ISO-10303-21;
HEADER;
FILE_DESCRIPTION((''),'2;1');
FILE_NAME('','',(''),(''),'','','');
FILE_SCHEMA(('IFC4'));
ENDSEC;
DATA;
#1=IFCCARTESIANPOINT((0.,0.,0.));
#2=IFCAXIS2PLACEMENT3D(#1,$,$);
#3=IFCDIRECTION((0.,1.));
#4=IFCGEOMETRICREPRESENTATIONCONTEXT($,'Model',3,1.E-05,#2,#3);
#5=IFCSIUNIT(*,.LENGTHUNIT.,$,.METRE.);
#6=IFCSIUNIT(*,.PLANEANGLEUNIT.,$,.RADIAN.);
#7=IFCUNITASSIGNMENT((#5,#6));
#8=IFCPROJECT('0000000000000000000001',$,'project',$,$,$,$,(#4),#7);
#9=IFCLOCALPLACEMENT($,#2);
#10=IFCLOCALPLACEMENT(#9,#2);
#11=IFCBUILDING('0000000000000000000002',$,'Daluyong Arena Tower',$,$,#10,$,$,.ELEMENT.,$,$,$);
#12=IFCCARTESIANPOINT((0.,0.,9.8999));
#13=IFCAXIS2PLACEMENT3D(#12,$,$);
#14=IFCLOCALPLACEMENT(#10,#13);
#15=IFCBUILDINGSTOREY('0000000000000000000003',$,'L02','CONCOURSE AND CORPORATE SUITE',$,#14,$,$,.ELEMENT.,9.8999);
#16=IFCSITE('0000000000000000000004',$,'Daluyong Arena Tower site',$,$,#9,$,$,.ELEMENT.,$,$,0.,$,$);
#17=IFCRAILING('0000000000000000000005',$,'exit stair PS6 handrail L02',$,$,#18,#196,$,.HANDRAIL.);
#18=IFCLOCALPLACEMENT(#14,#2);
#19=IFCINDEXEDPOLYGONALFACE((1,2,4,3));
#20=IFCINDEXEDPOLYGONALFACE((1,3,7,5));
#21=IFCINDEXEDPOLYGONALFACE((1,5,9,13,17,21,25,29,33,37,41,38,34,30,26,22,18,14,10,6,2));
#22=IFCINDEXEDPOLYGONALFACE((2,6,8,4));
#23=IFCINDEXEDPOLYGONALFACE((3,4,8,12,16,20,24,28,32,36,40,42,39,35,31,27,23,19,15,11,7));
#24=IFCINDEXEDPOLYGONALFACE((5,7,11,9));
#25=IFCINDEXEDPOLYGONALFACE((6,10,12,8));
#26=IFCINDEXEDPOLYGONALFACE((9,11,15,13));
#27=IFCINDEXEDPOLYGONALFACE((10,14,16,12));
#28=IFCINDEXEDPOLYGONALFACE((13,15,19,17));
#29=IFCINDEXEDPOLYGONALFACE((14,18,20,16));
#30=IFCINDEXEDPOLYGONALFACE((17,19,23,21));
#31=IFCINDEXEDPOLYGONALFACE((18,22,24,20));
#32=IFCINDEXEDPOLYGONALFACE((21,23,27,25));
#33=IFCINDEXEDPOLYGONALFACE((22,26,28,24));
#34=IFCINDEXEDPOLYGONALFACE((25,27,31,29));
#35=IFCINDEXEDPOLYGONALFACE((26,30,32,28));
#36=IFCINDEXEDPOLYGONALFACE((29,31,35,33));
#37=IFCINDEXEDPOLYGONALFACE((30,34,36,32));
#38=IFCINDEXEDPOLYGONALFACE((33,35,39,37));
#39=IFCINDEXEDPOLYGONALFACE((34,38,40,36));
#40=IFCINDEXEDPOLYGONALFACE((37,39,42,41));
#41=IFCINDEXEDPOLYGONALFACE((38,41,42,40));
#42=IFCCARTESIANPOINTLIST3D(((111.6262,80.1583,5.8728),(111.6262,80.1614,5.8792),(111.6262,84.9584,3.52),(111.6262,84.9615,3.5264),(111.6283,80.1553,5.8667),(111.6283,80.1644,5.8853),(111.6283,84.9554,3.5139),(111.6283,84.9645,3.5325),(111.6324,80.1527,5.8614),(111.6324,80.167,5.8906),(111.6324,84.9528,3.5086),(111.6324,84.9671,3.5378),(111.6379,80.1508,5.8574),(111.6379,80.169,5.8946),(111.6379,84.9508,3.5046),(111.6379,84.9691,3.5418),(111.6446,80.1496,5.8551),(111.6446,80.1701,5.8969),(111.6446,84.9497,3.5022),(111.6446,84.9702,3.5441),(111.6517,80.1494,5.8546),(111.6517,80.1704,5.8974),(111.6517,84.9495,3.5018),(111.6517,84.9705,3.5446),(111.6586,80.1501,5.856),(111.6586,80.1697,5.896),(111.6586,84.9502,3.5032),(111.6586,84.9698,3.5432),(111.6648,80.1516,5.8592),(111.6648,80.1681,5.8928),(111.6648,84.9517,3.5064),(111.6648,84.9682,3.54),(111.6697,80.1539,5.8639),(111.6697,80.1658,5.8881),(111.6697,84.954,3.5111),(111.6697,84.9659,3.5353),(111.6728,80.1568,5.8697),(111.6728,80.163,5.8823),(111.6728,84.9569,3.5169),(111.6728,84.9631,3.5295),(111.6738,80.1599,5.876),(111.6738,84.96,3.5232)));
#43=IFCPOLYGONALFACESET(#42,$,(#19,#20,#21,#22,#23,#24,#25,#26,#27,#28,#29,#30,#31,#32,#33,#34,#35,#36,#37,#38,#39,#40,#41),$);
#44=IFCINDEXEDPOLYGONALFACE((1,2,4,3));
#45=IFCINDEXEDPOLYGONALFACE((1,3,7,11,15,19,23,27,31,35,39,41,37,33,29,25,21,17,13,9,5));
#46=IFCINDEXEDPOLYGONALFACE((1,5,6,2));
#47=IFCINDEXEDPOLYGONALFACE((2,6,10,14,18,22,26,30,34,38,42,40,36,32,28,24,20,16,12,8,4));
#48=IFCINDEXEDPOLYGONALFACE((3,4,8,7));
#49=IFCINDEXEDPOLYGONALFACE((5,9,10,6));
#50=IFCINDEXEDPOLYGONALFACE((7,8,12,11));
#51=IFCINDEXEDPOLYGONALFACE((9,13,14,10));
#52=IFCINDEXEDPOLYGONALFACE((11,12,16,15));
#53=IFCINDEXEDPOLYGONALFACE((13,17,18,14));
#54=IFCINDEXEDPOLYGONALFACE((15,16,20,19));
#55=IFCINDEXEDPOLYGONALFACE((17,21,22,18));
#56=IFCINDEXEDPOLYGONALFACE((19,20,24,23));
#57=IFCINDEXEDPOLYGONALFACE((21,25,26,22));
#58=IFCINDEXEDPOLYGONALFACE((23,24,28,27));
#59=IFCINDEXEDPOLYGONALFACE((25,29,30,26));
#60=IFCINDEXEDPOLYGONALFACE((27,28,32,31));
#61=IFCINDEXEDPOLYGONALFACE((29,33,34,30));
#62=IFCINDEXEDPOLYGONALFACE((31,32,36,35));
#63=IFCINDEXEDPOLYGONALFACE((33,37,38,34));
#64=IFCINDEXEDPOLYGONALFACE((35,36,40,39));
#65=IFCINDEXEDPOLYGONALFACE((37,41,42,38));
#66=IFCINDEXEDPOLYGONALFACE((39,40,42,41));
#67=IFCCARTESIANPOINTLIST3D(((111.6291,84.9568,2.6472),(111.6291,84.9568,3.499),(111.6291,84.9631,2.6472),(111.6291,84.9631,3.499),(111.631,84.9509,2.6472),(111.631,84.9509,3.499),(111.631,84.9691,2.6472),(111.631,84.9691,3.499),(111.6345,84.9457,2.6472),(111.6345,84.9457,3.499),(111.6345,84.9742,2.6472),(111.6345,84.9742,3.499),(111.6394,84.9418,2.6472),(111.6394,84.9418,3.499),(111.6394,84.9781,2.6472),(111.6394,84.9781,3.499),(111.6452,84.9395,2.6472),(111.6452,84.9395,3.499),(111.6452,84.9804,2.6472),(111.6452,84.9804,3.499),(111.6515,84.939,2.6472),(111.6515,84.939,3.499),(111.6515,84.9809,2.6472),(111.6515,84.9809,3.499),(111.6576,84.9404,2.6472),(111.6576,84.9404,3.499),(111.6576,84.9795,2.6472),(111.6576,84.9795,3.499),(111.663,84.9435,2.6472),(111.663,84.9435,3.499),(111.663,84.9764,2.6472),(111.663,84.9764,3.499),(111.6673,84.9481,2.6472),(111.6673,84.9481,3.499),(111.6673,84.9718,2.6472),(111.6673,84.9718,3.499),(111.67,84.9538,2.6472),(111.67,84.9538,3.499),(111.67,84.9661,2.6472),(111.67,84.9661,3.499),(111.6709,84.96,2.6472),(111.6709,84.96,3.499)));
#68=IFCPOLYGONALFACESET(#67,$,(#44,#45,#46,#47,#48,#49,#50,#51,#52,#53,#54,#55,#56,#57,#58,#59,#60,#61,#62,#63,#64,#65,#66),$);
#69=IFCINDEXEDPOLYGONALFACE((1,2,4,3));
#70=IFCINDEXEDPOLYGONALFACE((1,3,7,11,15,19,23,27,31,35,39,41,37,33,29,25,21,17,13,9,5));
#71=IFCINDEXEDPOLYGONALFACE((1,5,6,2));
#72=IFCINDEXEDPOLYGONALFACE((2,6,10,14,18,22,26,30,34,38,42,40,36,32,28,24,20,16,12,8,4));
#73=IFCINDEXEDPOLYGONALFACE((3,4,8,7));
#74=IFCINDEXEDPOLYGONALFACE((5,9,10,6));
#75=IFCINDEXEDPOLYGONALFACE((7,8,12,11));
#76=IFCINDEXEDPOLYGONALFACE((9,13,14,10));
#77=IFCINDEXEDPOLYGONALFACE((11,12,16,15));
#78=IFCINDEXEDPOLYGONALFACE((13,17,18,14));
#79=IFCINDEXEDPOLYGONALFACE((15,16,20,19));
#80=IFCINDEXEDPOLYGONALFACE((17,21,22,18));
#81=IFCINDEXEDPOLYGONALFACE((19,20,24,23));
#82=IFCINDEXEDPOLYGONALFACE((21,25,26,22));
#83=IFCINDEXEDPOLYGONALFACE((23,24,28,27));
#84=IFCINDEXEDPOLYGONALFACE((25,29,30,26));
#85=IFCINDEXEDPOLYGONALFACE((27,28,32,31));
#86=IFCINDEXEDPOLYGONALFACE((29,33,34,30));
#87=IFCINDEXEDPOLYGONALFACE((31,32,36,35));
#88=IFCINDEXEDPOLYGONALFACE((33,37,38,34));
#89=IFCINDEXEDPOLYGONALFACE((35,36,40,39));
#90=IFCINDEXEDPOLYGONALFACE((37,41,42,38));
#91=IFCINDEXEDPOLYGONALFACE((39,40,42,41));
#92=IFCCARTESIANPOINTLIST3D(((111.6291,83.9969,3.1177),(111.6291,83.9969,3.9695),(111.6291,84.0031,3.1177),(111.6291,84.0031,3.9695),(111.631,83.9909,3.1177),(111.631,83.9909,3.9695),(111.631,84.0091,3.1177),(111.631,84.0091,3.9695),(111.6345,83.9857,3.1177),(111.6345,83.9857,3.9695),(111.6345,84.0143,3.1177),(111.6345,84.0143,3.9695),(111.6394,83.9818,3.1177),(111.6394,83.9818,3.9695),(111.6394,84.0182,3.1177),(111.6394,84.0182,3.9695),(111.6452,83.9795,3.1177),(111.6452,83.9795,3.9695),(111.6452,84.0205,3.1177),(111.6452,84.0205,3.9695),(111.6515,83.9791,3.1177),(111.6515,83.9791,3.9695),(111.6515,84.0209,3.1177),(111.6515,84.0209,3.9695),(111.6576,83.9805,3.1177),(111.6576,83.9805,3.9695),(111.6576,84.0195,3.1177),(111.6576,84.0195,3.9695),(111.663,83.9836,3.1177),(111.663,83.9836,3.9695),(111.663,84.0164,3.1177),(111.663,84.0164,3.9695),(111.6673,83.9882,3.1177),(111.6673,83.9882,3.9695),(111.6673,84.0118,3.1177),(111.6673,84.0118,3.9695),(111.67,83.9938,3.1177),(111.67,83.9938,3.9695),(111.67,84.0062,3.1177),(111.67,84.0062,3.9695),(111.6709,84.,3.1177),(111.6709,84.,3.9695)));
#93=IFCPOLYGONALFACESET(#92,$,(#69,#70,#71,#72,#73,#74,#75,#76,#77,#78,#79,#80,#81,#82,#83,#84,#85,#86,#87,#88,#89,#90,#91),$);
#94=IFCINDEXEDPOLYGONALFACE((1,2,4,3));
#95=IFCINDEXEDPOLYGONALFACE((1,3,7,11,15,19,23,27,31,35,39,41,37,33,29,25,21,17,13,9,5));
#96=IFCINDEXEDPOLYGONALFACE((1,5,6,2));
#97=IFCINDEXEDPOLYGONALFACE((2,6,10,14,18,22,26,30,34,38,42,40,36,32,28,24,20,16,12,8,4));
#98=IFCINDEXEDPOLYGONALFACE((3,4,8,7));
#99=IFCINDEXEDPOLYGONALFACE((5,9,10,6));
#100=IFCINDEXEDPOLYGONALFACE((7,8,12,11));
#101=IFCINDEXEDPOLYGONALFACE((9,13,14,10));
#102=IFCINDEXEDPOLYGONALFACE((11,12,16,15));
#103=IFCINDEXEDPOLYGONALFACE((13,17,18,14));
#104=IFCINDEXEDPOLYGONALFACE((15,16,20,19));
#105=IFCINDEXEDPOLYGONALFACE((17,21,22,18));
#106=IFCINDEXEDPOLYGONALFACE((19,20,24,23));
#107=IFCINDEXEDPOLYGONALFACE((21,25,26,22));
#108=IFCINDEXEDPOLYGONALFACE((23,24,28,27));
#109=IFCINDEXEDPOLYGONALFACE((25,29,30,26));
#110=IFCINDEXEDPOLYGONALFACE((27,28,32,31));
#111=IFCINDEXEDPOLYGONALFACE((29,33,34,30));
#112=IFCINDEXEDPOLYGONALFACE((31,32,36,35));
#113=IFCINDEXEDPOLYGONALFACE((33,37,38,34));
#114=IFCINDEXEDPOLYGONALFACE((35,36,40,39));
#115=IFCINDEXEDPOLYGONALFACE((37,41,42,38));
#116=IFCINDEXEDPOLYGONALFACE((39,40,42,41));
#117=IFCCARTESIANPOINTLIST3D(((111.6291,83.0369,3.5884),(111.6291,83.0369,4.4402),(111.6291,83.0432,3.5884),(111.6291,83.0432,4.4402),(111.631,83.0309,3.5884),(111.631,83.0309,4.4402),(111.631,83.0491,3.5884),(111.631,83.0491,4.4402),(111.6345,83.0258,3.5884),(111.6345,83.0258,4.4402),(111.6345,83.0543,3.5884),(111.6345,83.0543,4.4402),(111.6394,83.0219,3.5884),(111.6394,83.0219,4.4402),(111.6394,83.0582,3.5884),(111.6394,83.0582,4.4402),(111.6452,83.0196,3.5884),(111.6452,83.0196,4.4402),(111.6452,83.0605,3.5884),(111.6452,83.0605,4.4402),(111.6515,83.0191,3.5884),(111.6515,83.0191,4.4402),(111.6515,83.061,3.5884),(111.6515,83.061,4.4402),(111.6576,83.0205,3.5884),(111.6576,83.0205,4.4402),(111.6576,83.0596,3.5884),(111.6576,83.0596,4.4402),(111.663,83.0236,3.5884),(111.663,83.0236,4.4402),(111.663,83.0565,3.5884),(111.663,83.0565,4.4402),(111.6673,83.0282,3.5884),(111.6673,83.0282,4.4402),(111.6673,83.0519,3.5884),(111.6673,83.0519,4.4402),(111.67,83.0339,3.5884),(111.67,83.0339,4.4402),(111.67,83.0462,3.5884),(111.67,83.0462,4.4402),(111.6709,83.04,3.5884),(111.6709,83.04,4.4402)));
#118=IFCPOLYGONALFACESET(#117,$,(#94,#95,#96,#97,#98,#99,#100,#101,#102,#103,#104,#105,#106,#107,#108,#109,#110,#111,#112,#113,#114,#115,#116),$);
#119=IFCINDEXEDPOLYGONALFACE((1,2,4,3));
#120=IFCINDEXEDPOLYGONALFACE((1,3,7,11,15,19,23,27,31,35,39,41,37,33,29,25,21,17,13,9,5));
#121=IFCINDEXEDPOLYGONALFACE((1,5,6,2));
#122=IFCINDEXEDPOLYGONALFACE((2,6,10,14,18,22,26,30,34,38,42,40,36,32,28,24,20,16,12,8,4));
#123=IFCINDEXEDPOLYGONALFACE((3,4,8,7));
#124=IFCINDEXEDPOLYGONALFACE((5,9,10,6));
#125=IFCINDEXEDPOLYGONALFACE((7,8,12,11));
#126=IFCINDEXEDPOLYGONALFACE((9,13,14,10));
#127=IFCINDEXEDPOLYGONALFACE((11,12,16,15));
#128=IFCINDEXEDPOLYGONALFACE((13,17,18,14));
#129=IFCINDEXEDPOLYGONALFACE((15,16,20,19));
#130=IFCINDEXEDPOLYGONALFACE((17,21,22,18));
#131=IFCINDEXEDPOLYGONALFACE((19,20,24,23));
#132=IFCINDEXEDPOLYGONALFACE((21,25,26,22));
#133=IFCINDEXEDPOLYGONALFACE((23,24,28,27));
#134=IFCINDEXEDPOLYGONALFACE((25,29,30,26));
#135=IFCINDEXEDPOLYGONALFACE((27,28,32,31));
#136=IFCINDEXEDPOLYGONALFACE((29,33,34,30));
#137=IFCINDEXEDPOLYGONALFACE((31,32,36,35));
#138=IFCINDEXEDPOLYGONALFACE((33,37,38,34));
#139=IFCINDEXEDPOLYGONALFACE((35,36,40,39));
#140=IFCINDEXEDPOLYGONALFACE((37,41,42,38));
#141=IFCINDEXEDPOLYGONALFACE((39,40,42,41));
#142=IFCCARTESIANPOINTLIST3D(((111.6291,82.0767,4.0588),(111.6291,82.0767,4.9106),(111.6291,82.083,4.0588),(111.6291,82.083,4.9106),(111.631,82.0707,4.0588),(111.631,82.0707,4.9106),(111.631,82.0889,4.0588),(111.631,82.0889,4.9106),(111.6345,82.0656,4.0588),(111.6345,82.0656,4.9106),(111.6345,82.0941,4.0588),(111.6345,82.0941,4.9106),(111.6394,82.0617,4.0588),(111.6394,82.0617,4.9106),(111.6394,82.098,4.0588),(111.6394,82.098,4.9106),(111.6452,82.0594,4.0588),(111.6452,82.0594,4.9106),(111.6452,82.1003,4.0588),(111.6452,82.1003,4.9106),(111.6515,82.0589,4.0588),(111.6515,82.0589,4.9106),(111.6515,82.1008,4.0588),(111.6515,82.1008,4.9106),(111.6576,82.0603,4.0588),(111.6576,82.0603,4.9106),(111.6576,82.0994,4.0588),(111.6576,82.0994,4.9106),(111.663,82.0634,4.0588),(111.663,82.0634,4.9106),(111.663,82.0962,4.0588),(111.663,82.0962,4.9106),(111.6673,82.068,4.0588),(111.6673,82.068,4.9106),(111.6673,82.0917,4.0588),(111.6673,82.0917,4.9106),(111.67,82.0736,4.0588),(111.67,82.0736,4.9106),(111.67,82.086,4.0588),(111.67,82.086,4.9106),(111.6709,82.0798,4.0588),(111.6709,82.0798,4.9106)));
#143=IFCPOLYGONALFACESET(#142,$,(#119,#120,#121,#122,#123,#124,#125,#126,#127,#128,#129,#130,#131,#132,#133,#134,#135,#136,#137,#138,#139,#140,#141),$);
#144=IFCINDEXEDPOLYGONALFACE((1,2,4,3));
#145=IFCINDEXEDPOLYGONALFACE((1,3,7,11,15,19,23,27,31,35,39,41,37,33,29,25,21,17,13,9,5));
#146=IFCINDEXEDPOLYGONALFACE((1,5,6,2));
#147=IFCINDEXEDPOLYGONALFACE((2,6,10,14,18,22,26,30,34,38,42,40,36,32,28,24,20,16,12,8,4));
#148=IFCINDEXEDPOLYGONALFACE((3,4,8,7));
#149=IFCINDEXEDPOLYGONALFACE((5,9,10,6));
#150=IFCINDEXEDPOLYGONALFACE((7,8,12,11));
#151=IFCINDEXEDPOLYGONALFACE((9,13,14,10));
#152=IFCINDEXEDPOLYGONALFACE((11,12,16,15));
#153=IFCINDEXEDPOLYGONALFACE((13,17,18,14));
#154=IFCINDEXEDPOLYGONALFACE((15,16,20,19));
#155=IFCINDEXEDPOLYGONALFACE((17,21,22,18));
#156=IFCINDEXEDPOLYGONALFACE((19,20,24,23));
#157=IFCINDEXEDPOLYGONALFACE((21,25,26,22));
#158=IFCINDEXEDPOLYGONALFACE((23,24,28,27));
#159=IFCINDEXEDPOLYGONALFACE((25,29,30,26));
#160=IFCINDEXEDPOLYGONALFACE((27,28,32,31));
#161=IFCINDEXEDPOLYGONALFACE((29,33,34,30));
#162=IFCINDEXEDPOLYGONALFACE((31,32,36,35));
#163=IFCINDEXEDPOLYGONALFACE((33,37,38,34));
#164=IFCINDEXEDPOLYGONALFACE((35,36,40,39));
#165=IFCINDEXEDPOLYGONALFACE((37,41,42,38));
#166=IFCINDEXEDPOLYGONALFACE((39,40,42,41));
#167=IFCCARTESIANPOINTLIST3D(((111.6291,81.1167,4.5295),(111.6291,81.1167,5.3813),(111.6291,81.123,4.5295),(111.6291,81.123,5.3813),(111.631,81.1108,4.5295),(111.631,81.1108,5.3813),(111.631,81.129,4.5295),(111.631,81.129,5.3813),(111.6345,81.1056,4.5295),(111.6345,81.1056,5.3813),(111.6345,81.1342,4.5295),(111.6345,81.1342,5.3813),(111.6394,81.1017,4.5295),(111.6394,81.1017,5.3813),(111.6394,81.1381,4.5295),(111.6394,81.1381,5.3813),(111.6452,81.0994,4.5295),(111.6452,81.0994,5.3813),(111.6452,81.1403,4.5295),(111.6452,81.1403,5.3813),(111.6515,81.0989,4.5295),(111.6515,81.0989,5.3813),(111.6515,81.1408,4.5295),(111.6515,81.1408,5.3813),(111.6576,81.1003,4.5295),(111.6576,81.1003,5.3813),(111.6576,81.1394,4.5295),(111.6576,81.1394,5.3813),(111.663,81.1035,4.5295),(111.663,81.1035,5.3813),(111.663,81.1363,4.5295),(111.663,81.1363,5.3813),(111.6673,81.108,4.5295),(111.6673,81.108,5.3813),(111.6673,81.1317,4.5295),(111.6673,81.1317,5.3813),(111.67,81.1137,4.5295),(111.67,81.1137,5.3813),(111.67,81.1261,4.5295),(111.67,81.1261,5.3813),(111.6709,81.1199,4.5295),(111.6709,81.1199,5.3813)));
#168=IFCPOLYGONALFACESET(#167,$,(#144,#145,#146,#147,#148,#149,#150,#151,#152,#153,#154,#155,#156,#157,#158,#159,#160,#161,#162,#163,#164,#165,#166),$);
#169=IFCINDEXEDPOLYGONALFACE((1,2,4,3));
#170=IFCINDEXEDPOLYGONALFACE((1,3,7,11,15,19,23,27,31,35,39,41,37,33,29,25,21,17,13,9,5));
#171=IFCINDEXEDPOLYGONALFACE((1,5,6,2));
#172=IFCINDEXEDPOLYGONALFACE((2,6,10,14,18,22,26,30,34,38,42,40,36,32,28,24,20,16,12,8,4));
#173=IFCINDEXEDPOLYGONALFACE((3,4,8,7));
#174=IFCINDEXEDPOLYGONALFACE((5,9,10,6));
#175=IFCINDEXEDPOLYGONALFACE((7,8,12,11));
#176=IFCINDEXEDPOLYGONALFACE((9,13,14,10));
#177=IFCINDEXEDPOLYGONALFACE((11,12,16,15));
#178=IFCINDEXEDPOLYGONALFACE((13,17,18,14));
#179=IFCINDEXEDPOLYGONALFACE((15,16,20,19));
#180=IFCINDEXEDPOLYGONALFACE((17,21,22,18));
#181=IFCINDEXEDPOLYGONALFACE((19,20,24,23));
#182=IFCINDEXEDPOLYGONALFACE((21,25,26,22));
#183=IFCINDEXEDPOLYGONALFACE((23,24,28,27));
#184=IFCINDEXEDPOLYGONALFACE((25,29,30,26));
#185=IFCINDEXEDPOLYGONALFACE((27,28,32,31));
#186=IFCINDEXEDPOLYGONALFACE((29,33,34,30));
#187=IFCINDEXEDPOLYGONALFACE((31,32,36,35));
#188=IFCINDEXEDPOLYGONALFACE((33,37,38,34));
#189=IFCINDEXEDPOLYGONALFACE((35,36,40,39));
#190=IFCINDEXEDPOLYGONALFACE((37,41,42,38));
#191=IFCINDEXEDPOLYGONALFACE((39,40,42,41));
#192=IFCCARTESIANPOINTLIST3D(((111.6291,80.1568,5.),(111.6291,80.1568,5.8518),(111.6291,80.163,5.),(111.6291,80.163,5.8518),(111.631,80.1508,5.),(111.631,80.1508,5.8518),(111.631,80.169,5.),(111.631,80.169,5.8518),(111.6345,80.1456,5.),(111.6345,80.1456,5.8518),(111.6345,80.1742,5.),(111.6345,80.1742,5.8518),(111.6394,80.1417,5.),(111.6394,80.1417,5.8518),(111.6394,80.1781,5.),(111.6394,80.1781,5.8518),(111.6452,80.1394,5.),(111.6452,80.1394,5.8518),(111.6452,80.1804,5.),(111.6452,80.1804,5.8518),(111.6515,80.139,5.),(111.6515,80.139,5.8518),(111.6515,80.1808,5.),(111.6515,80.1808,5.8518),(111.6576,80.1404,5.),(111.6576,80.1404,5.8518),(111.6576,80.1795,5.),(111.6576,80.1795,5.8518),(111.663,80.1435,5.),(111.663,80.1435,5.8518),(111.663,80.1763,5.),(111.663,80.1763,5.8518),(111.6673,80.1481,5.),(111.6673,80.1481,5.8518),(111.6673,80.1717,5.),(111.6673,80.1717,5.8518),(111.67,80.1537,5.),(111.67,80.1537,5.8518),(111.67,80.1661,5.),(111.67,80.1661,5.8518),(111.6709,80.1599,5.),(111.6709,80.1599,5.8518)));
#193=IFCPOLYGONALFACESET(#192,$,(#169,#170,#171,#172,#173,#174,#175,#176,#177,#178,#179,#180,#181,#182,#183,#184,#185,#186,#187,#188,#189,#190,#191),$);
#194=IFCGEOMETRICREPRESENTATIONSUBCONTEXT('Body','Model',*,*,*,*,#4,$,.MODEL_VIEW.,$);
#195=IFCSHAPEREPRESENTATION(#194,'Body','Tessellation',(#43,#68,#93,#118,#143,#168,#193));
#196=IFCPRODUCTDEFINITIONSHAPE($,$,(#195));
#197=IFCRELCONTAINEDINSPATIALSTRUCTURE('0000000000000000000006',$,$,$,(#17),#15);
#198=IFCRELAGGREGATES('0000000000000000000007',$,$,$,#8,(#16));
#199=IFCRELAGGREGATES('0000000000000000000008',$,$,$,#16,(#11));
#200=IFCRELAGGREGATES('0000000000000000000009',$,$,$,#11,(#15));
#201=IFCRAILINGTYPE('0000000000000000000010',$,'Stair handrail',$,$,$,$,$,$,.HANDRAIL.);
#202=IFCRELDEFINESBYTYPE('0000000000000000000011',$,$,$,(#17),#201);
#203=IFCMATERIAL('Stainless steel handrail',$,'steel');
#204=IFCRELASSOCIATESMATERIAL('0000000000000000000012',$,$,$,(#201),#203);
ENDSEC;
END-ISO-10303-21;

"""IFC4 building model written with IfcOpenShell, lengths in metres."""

from ifc_helpers import new_model, si_unit, direction, frame, origin, origin_2d, place, context, subcontext, project, spatial, circle, extrude, material, type_object, element, save


model = new_model("IFC4")

# Units and contexts
model_context = context("Model", 3, precision=1e-05, world=origin(), true_north=direction((0.0, 1.0)))
body_context = subcontext(model_context, "Body", "Model", "MODEL_VIEW")
ifc_project = project(units=[si_unit("LENGTHUNIT", "METRE"), si_unit("PLANEANGLEUNIT", "RADIAN")], contexts=[model_context])

# Site, building, storey
site_placement = place(None, origin())
site = spatial("IfcSite", under=ifc_project, at=site_placement, Name="Daluyong Arena Tower site", CompositionType="ELEMENT", RefElevation=0.0)
building_placement = place(site_placement, origin())
building = spatial("IfcBuilding", under=site, at=building_placement, Name="Daluyong Arena Tower", CompositionType="ELEMENT")
storey_placement = place(building_placement, frame((0.0, 0.0, 9.8999)))
storey = spatial("IfcBuildingStorey", under=building, at=storey_placement, Name="L02", Description="CONCOURSE AND CORPORATE SUITE", CompositionType="ELEMENT", Elevation=9.8999)

# Railing
ifc_material_1 = material(Name="Stainless steel handrail", Category="steel")
railing_type_1 = type_object("IfcRailingType", Name="Stair handrail", PredefinedType="HANDRAIL", material=ifc_material_1)
railing_1_placement = place(storey_placement, frame((111.6499, 84.96, 2.6472)))
element("IfcRailing", 1, at=railing_1_placement, inside=storey, type_object=railing_type_1, Name="exit stair PS6 handrail L02", PredefinedType="HANDRAIL", context=body_context, shape_type="SweptSolid", body=[
    extrude(circle(Radius=0.0239, at=origin_2d()), frame((0.0, 0.0, 0.876), z_axis=(0.0, -0.897934, 0.44013), x_axis=(1.0, 0.0, 0.0)), (0.0, 0.0, 1.0), 5.3457),
    extrude(circle(Radius=0.021, at=origin_2d()), origin(), (0.0, 0.0, 1.0), 0.8518),
    extrude(circle(Radius=0.021, at=origin_2d()), frame((0.0, -0.96, 0.4705)), (0.0, 0.0, 1.0), 0.8518),
    extrude(circle(Radius=0.021, at=origin_2d()), frame((0.0, -1.9199, 0.9412)), (0.0, 0.0, 1.0), 0.8518),
    extrude(circle(Radius=0.021, at=origin_2d()), frame((0.0, -2.8801, 1.4116)), (0.0, 0.0, 1.0), 0.8518),
    extrude(circle(Radius=0.021, at=origin_2d()), frame((0.0, -3.8401, 1.8823)), (0.0, 0.0, 1.0), 0.8518),
    extrude(circle(Radius=0.021, at=origin_2d()), frame((0.0, -4.8, 2.3528)), (0.0, 0.0, 1.0), 0.8518),
])

save(model, "model.ifc")
